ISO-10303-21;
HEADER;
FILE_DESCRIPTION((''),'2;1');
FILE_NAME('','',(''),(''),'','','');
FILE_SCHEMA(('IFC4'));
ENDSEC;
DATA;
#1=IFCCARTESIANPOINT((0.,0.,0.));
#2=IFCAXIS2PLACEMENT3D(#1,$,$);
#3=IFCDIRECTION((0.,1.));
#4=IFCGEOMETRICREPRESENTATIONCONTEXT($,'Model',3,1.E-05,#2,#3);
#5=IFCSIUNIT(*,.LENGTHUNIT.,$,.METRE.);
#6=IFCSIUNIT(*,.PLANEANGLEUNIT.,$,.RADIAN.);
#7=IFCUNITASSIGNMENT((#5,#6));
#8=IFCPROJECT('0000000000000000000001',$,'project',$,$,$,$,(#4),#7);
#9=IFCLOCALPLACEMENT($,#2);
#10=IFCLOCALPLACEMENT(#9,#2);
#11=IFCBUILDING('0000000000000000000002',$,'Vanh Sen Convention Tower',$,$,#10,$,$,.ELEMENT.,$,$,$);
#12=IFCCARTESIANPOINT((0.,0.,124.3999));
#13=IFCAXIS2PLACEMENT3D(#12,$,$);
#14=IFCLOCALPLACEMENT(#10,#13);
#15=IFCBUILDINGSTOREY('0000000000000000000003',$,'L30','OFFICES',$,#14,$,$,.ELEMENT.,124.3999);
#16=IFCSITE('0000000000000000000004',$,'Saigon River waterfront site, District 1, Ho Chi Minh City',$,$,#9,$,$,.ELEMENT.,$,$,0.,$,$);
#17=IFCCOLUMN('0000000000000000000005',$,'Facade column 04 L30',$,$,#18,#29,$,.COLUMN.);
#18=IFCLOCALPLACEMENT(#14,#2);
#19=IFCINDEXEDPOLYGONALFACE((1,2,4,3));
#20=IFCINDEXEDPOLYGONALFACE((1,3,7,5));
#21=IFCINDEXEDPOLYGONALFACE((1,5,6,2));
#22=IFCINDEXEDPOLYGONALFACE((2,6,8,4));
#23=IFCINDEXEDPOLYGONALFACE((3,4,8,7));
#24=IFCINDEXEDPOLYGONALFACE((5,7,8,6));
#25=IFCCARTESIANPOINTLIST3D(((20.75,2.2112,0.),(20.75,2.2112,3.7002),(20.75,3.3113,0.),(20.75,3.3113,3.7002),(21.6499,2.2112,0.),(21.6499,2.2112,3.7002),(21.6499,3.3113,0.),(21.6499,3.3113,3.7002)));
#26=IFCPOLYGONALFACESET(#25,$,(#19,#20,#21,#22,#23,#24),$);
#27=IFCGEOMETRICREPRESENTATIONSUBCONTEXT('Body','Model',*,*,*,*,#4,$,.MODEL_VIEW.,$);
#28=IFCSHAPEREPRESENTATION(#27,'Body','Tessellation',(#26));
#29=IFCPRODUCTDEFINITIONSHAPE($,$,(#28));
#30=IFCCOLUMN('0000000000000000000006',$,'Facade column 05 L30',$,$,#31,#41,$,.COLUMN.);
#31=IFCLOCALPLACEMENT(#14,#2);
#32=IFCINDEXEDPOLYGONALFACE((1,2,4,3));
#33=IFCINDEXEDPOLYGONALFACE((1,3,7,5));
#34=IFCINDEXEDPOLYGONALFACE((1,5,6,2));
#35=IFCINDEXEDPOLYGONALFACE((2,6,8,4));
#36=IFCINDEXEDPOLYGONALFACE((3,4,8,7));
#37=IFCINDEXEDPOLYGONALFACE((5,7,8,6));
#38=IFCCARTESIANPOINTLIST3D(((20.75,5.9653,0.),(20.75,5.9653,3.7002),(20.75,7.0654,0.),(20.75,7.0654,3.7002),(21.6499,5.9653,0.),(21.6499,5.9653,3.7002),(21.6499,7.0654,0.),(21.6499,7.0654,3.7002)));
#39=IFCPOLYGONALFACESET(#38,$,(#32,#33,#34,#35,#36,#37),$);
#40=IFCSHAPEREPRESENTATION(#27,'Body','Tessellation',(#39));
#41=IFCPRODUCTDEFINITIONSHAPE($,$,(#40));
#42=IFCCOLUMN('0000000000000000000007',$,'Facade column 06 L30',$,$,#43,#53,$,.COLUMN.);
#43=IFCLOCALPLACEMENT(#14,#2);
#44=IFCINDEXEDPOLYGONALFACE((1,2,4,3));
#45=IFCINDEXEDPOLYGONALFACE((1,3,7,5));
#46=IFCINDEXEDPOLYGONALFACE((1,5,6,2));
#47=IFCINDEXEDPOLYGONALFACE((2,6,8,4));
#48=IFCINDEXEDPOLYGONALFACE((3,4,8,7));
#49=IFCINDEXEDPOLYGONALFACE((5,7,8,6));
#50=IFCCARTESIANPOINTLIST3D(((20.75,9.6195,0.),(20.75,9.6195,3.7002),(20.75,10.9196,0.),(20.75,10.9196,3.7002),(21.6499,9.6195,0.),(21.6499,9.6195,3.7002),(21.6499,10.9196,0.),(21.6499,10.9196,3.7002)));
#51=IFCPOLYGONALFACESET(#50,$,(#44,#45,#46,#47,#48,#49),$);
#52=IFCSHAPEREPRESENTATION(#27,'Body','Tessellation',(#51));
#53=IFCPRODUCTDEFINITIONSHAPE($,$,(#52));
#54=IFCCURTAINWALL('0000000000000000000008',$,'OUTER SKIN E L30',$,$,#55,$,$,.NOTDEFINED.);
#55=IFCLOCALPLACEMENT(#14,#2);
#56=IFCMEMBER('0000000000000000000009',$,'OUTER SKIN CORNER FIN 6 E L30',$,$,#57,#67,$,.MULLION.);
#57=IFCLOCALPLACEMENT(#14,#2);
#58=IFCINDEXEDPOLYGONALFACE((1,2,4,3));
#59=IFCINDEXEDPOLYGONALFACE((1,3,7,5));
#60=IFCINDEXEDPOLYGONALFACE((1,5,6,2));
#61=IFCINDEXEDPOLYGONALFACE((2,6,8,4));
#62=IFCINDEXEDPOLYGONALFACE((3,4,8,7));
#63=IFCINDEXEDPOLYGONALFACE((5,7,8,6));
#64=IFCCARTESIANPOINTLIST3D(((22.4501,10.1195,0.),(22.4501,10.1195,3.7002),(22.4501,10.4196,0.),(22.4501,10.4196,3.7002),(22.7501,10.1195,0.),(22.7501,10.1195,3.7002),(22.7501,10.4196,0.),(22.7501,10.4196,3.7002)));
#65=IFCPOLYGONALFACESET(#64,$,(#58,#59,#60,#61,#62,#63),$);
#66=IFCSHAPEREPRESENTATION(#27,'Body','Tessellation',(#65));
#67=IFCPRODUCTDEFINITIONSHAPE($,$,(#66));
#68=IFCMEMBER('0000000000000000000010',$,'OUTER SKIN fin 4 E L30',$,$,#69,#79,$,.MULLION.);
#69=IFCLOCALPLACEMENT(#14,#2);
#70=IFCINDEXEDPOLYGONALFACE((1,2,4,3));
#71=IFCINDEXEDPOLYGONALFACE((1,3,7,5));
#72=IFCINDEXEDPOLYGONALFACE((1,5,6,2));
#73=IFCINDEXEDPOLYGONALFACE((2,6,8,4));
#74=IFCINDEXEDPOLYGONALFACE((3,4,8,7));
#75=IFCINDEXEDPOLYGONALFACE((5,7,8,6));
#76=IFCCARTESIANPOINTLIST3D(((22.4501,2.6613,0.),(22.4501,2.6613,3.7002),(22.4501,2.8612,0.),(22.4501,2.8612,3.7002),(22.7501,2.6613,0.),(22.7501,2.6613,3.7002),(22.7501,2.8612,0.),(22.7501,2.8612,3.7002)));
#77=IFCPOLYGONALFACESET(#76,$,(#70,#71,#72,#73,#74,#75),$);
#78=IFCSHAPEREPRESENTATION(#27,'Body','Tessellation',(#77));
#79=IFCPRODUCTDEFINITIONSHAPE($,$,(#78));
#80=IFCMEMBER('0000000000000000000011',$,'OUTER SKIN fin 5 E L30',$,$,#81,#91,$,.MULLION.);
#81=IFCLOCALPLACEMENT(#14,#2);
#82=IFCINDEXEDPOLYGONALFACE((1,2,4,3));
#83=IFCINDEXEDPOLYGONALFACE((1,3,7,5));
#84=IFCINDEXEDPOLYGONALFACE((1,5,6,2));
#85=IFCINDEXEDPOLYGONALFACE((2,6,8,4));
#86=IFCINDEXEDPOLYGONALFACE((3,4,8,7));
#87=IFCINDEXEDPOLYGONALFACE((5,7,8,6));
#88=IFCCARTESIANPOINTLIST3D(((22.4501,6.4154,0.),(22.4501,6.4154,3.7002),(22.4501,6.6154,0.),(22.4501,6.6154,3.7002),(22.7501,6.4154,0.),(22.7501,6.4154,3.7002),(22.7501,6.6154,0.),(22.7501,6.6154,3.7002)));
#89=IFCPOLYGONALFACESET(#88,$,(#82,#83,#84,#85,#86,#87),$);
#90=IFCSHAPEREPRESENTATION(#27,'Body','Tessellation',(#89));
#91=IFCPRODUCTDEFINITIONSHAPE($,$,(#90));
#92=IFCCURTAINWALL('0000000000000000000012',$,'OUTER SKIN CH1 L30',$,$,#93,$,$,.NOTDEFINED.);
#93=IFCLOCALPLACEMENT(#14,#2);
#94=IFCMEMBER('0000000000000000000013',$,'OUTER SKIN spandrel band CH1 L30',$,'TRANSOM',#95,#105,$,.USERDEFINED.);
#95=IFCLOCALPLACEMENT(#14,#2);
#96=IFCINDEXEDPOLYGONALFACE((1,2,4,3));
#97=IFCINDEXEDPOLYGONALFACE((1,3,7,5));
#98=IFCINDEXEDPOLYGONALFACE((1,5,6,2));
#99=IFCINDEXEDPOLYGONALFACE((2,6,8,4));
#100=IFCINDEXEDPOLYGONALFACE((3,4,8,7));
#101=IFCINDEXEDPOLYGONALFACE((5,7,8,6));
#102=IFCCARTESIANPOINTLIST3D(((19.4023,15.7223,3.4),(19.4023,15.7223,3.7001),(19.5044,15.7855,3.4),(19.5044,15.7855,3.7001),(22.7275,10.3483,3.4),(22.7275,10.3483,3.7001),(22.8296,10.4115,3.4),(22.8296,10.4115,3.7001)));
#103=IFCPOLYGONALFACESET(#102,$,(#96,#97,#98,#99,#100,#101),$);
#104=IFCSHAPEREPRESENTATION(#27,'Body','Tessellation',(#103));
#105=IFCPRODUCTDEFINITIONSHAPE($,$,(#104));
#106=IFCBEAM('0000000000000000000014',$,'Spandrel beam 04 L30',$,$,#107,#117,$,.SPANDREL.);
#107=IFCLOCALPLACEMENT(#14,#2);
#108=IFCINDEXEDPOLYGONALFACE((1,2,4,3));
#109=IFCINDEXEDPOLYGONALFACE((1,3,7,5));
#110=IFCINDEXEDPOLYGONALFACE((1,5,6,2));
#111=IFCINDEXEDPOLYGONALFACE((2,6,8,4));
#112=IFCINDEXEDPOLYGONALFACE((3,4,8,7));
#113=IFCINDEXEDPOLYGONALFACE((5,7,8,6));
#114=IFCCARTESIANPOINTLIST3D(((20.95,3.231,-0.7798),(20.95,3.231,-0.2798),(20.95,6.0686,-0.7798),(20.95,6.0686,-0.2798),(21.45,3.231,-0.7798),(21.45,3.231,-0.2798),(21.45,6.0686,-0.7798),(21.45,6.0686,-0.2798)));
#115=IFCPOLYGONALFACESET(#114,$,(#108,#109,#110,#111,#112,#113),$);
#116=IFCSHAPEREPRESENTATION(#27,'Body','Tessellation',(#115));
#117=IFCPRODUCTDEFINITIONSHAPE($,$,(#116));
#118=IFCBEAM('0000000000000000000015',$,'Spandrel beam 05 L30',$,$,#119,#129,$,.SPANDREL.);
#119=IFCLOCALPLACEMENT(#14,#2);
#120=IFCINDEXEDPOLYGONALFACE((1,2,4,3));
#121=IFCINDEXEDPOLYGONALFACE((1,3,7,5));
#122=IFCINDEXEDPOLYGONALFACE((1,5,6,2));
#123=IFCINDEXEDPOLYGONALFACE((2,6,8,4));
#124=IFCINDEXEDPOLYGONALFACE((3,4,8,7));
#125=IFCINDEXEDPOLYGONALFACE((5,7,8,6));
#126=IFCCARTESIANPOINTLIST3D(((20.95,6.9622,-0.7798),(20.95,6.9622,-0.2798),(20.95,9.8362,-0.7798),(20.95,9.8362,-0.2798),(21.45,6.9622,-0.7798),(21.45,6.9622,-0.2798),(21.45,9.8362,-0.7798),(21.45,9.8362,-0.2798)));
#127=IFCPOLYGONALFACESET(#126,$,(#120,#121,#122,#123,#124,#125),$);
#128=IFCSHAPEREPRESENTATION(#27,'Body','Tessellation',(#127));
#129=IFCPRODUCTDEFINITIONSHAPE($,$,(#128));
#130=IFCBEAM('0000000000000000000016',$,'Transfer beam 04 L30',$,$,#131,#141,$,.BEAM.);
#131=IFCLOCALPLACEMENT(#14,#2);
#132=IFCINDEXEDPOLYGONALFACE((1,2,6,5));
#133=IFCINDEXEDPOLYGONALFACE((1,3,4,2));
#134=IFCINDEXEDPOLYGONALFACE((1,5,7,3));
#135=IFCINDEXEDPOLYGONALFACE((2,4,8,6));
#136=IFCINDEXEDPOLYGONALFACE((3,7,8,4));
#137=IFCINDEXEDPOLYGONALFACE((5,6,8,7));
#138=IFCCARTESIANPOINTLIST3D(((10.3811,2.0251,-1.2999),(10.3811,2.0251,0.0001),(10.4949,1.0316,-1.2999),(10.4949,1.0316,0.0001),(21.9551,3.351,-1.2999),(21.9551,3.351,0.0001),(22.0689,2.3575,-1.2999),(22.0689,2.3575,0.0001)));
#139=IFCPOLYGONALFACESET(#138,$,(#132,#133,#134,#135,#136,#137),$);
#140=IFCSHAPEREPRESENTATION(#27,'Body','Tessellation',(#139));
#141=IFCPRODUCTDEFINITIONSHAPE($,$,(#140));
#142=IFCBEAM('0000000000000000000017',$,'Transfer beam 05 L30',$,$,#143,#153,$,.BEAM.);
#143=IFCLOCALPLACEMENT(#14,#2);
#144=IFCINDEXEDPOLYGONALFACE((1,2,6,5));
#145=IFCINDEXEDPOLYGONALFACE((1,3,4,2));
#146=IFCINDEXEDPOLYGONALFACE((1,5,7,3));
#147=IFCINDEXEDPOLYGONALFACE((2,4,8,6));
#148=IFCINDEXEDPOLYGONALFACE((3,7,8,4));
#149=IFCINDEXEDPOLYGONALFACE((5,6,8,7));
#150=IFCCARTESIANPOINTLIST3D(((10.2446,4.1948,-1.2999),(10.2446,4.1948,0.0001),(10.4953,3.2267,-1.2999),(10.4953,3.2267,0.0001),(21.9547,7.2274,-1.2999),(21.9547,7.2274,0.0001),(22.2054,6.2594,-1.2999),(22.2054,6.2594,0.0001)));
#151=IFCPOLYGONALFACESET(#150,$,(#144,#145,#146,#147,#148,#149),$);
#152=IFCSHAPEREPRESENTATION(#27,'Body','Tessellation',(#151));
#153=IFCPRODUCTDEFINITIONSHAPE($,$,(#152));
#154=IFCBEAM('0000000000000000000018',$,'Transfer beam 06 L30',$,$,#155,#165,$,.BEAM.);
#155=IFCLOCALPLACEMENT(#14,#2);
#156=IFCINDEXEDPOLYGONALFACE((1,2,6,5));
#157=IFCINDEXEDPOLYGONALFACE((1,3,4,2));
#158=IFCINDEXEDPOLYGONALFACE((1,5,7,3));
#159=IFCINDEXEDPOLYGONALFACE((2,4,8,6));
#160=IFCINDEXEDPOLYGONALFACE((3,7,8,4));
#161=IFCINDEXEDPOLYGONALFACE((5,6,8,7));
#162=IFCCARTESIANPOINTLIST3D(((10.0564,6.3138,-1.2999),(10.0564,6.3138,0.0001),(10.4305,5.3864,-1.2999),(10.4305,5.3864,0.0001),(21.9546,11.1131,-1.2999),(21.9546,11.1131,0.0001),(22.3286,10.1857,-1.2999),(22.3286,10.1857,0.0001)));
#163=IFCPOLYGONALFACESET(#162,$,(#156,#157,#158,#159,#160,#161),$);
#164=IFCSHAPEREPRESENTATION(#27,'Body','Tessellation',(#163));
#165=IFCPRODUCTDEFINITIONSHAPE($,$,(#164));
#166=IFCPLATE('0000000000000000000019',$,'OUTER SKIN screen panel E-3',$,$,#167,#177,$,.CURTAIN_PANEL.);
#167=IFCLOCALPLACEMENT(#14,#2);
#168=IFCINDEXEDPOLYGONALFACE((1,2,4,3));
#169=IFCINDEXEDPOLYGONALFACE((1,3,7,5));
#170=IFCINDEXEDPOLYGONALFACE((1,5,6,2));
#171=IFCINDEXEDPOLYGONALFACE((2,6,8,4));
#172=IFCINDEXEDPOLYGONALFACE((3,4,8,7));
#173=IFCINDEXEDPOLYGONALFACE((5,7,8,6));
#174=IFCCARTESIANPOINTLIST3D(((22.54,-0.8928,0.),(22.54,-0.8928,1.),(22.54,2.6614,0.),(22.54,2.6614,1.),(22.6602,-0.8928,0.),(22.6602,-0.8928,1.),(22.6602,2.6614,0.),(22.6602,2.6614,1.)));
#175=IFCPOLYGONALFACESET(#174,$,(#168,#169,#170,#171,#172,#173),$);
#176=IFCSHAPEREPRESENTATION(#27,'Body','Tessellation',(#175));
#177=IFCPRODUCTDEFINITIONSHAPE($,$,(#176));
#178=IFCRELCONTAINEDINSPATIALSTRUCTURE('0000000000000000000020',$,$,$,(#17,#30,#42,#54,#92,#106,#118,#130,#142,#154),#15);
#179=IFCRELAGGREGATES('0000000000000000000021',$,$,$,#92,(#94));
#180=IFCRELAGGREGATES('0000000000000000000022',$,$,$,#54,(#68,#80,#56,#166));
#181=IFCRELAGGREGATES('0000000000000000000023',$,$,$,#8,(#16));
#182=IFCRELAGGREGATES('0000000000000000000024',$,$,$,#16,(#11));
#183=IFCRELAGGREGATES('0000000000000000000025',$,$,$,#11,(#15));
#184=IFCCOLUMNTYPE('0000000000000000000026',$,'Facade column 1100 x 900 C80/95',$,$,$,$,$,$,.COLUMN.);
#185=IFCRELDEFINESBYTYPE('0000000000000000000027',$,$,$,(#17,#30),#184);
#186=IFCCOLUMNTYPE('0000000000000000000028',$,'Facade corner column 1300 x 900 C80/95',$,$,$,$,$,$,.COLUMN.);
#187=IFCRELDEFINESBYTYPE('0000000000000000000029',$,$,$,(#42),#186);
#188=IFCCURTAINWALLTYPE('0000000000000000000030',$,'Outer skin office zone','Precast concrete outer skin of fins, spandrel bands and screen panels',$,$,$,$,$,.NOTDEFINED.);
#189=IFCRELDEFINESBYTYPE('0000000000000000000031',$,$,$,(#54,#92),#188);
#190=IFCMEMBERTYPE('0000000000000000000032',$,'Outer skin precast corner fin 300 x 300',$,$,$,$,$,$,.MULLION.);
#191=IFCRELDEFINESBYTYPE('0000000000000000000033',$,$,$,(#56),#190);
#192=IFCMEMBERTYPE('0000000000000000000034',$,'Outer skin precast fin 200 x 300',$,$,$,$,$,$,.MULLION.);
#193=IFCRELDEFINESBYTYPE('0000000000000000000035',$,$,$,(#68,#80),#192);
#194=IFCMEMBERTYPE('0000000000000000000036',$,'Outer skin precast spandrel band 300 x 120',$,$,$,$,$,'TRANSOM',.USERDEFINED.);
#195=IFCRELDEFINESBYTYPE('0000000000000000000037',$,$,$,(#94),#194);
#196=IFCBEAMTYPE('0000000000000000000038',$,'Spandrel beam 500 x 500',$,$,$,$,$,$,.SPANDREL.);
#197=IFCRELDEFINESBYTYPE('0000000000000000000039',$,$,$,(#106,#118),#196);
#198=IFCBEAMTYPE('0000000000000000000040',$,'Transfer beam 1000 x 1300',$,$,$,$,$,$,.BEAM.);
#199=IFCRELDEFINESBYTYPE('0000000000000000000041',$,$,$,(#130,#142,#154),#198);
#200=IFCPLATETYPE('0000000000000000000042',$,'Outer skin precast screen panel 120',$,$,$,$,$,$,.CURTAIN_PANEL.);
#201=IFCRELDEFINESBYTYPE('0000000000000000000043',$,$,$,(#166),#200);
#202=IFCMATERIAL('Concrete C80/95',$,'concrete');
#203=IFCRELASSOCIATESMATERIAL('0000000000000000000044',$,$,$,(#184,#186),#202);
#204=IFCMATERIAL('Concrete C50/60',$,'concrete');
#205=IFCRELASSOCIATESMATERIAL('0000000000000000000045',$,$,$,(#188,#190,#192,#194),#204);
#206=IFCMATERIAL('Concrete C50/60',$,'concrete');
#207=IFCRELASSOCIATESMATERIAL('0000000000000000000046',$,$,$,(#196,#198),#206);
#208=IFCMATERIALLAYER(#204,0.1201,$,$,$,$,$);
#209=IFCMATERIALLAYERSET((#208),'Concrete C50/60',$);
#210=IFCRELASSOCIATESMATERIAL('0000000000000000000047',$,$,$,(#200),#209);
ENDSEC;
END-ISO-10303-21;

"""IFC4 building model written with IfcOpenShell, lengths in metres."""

from ifc_helpers import new_model, si_unit, direction, frame, origin, origin_2d, place, context, subcontext, project, spatial, rectangle, extrude, material, layer, layer_set, material_profile, profile_set, type_object, element, aggregate, save


model = new_model("IFC4")

# Units and contexts
model_context = context("Model", 3, precision=1e-05, world=origin(), true_north=direction((0.0, 1.0)))
body_context = subcontext(model_context, "Body", "Model", "MODEL_VIEW")
ifc_project = project(units=[si_unit("LENGTHUNIT", "METRE"), si_unit("PLANEANGLEUNIT", "RADIAN")], contexts=[model_context])

# Site, building, storey
site_placement = place(None, origin())
site = spatial("IfcSite", under=ifc_project, at=site_placement, Name="Saigon River waterfront site, District 1, Ho Chi Minh City", CompositionType="ELEMENT", RefElevation=0.0)
building_placement = place(site_placement, origin())
building = spatial("IfcBuilding", under=site, at=building_placement, Name="Vanh Sen Convention Tower", CompositionType="ELEMENT")
storey_placement = place(building_placement, frame((0.0, 0.0, 124.3999)))
storey = spatial("IfcBuildingStorey", under=building, at=storey_placement, Name="L30", Description="OFFICES", CompositionType="ELEMENT", Elevation=124.3999)

# Columns
ifc_material_1 = material(Name="Concrete C80/95", Category="concrete")
ifc_material_profile_1 = material_profile(ifc_material_1, rectangle(XDim=1.1001, YDim=0.8999, at=origin_2d()), Name="RC 1100X900")
ifc_profile_set_1 = profile_set([ifc_material_profile_1], Name="Concrete C80/95")
column_type_1 = type_object("IfcColumnType", Name="Facade column 1100 x 900 C80/95", PredefinedType="COLUMN", material=ifc_profile_set_1)
for number, where, z_axis, x_axis, name in (
    (1, (21.2, 2.7612, 0.0), (0.0, 0.0, 1.0), (0.0, 1.0, 0.0), "Facade column 04 L30"),
    (2, (21.2, 6.5154, 0.0), (0.0, 0.0, 1.0), (0.0, 1.0, 0.0), "Facade column 05 L30"),
):
    element("IfcColumn", number, at=place(storey_placement, frame(where, z_axis=z_axis, x_axis=x_axis)), inside=storey, type_object=column_type_1, Name=name, PredefinedType="COLUMN", context=body_context, shape_type="SweptSolid", body=[
        extrude(rectangle(XDim=1.1001, YDim=0.8999, at=origin_2d()), origin(), (0.0, 0.0, 1.0), 3.7002),
    ])
ifc_material_profile_2 = material_profile(ifc_material_1, rectangle(XDim=1.3, YDim=0.8999, at=origin_2d()), Name="RC 1300X900")
ifc_profile_set_2 = profile_set([ifc_material_profile_2], Name="Concrete C80/95")
column_type_2 = type_object("IfcColumnType", Name="Facade corner column 1300 x 900 C80/95", PredefinedType="COLUMN", material=ifc_profile_set_2)
column_placement = place(storey_placement, frame((21.2, 10.2695, 0.0), z_axis=(0.0, 0.0, 1.0), x_axis=(0.0, 1.0, 0.0)))
element("IfcColumn", 3, at=column_placement, inside=storey, type_object=column_type_2, Name="Facade column 06 L30", PredefinedType="COLUMN", context=body_context, shape_type="SweptSolid", body=[
    extrude(rectangle(XDim=1.3, YDim=0.8999, at=origin_2d()), origin(), (0.0, 0.0, 1.0), 3.7002),
])

# Curtain wall, members
ifc_material_2 = material(Name="Concrete C50/60", Category="concrete")
curtain_wall_type = type_object("IfcCurtainWallType", Name="Outer skin office zone", Description="Precast concrete outer skin of fins, spandrel bands and screen panels", PredefinedType="NOTDEFINED", material=ifc_material_2)
curtain_wall_1_placement = place(storey_placement, origin())
curtain_wall_1 = element("IfcCurtainWall", 4, at=curtain_wall_1_placement, inside=storey, type_object=curtain_wall_type, Name="OUTER SKIN E L30", PredefinedType="NOTDEFINED")
ifc_material_profile_3 = material_profile(ifc_material_2, rectangle(XDim=0.3, YDim=0.3, at=origin_2d()), Name="Outer skin precast corner fin 300 x 300")
ifc_profile_set_3 = profile_set([ifc_material_profile_3], Name="Concrete C50/60")
member_type_1 = type_object("IfcMemberType", Name="Outer skin precast corner fin 300 x 300", PredefinedType="MULLION", material=ifc_profile_set_3)
member_1_placement = place(storey_placement, frame((22.6001, 10.2695, 0.0), z_axis=(0.0, 0.0, 1.0), x_axis=(0.0, 1.0, 0.0)))
member_1 = element("IfcMember", 5, at=member_1_placement, type_object=member_type_1, Name="OUTER SKIN CORNER FIN 6 E L30", PredefinedType="MULLION", context=body_context, shape_type="SweptSolid", body=[
    extrude(rectangle(XDim=0.3, YDim=0.3, at=origin_2d()), origin(), (0.0, 0.0, 1.0), 3.7002),
])
ifc_material_profile_4 = material_profile(ifc_material_2, rectangle(XDim=0.2, YDim=0.3, at=origin_2d()), Name="Outer skin precast fin 200 x 300")
ifc_profile_set_4 = profile_set([ifc_material_profile_4], Name="Concrete C50/60")
member_type_2 = type_object("IfcMemberType", Name="Outer skin precast fin 200 x 300", PredefinedType="MULLION", material=ifc_profile_set_4)
member_2_placement = place(storey_placement, frame((22.6001, 2.7612, 0.0), z_axis=(0.0, 0.0, 1.0), x_axis=(0.0, 1.0, 0.0)))
member_2 = element("IfcMember", 6, at=member_2_placement, type_object=member_type_2, Name="OUTER SKIN fin 4 E L30", PredefinedType="MULLION", context=body_context, shape_type="SweptSolid", body=[
    extrude(rectangle(XDim=0.2, YDim=0.3, at=origin_2d()), origin(), (0.0, 0.0, 1.0), 3.7002),
])
member_3_placement = place(storey_placement, frame((22.6001, 6.5154, 0.0), z_axis=(0.0, 0.0, 1.0), x_axis=(0.0, 1.0, 0.0)))
member_3 = element("IfcMember", 7, at=member_3_placement, type_object=member_type_2, Name="OUTER SKIN fin 5 E L30", PredefinedType="MULLION", context=body_context, shape_type="SweptSolid", body=[
    extrude(rectangle(XDim=0.2, YDim=0.3, at=origin_2d()), origin(), (0.0, 0.0, 1.0), 3.7002),
])

# Curtain wall, member
curtain_wall_2_placement = place(storey_placement, origin())
curtain_wall_2 = element("IfcCurtainWall", 8, at=curtain_wall_2_placement, inside=storey, type_object=curtain_wall_type, Name="OUTER SKIN CH1 L30", PredefinedType="NOTDEFINED")
ifc_material_profile_5 = material_profile(ifc_material_2, rectangle(XDim=0.1201, YDim=0.3, at=origin_2d()), Name="Outer skin precast spandrel band 300 x 120")
ifc_profile_set_5 = profile_set([ifc_material_profile_5], Name="Concrete C50/60")
member_type_3 = type_object("IfcMemberType", Name="Outer skin precast spandrel band 300 x 120", ElementType="TRANSOM", PredefinedType="USERDEFINED", material=ifc_profile_set_5)
member_4_placement = place(storey_placement, frame((22.7786, 10.3799, 3.55), z_axis=(-0.526174, 0.850377, 0.0), x_axis=(-0.850377, -0.526174, 0.0)))
member_4 = element("IfcMember", 9, at=member_4_placement, type_object=member_type_3, Name="OUTER SKIN spandrel band CH1 L30", ObjectType="TRANSOM", PredefinedType="USERDEFINED", context=body_context, shape_type="SweptSolid", body=[
    extrude(rectangle(XDim=0.1201, YDim=0.3, at=origin_2d()), origin(), (0.0, 0.0, 1.0), 6.3196),
])
aggregate(curtain_wall_2, [member_4])

# Beams
ifc_material_3 = material(Name="Concrete C50/60", Category="concrete")
ifc_material_profile_6 = material_profile(ifc_material_3, rectangle(XDim=0.5, YDim=0.5, at=origin_2d()), Name="RC 500X500")
ifc_profile_set_6 = profile_set([ifc_material_profile_6], Name="Concrete C50/60")
beam_type_1 = type_object("IfcBeamType", Name="Spandrel beam 500 x 500", PredefinedType="SPANDREL", material=ifc_profile_set_6)
beam_1_placement = place(storey_placement, frame((21.2, 3.231, -0.5298), z_axis=(0.0, 1.0, 0.0), x_axis=(-1.0, 0.0, 0.0)))
element("IfcBeam", 10, at=beam_1_placement, inside=storey, type_object=beam_type_1, Name="Spandrel beam 04 L30", PredefinedType="SPANDREL", context=body_context, shape_type="SweptSolid", body=[
    extrude(rectangle(XDim=0.5, YDim=0.5, at=origin_2d()), origin(), (0.0, 0.0, 1.0), 2.8376),
])
beam_2_placement = place(storey_placement, frame((21.2, 6.9622, -0.5298), z_axis=(0.0, 1.0, 0.0), x_axis=(-1.0, 0.0, 0.0)))
element("IfcBeam", 11, at=beam_2_placement, inside=storey, type_object=beam_type_1, Name="Spandrel beam 05 L30", PredefinedType="SPANDREL", context=body_context, shape_type="SweptSolid", body=[
    extrude(rectangle(XDim=0.5, YDim=0.5, at=origin_2d()), origin(), (0.0, 0.0, 1.0), 2.874),
])
ifc_material_profile_7 = material_profile(ifc_material_3, rectangle(XDim=1.0, YDim=1.3, at=origin_2d()), Name="RC 1000X1300")
ifc_profile_set_7 = profile_set([ifc_material_profile_7], Name="Concrete C50/60")
beam_type_2 = type_object("IfcBeamType", Name="Transfer beam 1000 x 1300", PredefinedType="BEAM", material=ifc_profile_set_7)
beam_3_placement = place(storey_placement, frame((22.012, 2.8542, -0.6499), z_axis=(-0.993502, -0.113817, 0.0), x_axis=(0.113817, -0.993502, 0.0)))
element("IfcBeam", 12, at=beam_3_placement, inside=storey, type_object=beam_type_2, Name="Transfer beam 04 L30", PredefinedType="BEAM", context=body_context, shape_type="SweptSolid", body=[
    extrude(rectangle(XDim=1.0, YDim=1.3, at=origin_2d()), origin(), (0.0, 0.0, 1.0), 11.6497),
])
beam_4_placement = place(storey_placement, frame((22.0801, 6.7434, -0.6499), z_axis=(-0.968062, -0.250709, 0.0), x_axis=(0.250709, -0.968062, 0.0)))
element("IfcBeam", 13, at=beam_4_placement, inside=storey, type_object=beam_type_2, Name="Transfer beam 05 L30", PredefinedType="BEAM", context=body_context, shape_type="SweptSolid", body=[
    extrude(rectangle(XDim=1.0, YDim=1.3, at=origin_2d()), origin(), (0.0, 0.0, 1.0), 12.0964),
])
beam_5_placement = place(storey_placement, frame((22.1416, 10.6494, -0.6499), z_axis=(-0.927397, -0.374079, 0.0), x_axis=(0.374079, -0.927397, 0.0)))
element("IfcBeam", 14, at=beam_5_placement, inside=storey, type_object=beam_type_2, Name="Transfer beam 06 L30", PredefinedType="BEAM", context=body_context, shape_type="SweptSolid", body=[
    extrude(rectangle(XDim=1.0, YDim=1.3, at=origin_2d()), origin(), (0.0, 0.0, 1.0), 12.8296),
])

# Plate
ifc_layer_1 = layer(ifc_material_2, 0.1201)
ifc_layer_set_1 = layer_set([ifc_layer_1], Name="Concrete C50/60")
plate_type = type_object("IfcPlateType", Name="Outer skin precast screen panel 120", PredefinedType="CURTAIN_PANEL", material=ifc_layer_set_1)
plate_1_placement = place(storey_placement, frame((22.6001, 0.8843, 0.0), z_axis=(0.0, 0.0, 1.0), x_axis=(0.0, 1.0, 0.0)))
plate_1 = element("IfcPlate", 15, at=plate_1_placement, type_object=plate_type, Name="OUTER SKIN screen panel E-3", PredefinedType="CURTAIN_PANEL", context=body_context, shape_type="SweptSolid", body=[
    extrude(rectangle(XDim=3.5542, YDim=0.1201, at=origin_2d()), origin(), (0.0, 0.0, 1.0), 1.0),
])
aggregate(curtain_wall_1, [member_2, member_3, member_1, plate_1])

save(model, "model.ifc")
